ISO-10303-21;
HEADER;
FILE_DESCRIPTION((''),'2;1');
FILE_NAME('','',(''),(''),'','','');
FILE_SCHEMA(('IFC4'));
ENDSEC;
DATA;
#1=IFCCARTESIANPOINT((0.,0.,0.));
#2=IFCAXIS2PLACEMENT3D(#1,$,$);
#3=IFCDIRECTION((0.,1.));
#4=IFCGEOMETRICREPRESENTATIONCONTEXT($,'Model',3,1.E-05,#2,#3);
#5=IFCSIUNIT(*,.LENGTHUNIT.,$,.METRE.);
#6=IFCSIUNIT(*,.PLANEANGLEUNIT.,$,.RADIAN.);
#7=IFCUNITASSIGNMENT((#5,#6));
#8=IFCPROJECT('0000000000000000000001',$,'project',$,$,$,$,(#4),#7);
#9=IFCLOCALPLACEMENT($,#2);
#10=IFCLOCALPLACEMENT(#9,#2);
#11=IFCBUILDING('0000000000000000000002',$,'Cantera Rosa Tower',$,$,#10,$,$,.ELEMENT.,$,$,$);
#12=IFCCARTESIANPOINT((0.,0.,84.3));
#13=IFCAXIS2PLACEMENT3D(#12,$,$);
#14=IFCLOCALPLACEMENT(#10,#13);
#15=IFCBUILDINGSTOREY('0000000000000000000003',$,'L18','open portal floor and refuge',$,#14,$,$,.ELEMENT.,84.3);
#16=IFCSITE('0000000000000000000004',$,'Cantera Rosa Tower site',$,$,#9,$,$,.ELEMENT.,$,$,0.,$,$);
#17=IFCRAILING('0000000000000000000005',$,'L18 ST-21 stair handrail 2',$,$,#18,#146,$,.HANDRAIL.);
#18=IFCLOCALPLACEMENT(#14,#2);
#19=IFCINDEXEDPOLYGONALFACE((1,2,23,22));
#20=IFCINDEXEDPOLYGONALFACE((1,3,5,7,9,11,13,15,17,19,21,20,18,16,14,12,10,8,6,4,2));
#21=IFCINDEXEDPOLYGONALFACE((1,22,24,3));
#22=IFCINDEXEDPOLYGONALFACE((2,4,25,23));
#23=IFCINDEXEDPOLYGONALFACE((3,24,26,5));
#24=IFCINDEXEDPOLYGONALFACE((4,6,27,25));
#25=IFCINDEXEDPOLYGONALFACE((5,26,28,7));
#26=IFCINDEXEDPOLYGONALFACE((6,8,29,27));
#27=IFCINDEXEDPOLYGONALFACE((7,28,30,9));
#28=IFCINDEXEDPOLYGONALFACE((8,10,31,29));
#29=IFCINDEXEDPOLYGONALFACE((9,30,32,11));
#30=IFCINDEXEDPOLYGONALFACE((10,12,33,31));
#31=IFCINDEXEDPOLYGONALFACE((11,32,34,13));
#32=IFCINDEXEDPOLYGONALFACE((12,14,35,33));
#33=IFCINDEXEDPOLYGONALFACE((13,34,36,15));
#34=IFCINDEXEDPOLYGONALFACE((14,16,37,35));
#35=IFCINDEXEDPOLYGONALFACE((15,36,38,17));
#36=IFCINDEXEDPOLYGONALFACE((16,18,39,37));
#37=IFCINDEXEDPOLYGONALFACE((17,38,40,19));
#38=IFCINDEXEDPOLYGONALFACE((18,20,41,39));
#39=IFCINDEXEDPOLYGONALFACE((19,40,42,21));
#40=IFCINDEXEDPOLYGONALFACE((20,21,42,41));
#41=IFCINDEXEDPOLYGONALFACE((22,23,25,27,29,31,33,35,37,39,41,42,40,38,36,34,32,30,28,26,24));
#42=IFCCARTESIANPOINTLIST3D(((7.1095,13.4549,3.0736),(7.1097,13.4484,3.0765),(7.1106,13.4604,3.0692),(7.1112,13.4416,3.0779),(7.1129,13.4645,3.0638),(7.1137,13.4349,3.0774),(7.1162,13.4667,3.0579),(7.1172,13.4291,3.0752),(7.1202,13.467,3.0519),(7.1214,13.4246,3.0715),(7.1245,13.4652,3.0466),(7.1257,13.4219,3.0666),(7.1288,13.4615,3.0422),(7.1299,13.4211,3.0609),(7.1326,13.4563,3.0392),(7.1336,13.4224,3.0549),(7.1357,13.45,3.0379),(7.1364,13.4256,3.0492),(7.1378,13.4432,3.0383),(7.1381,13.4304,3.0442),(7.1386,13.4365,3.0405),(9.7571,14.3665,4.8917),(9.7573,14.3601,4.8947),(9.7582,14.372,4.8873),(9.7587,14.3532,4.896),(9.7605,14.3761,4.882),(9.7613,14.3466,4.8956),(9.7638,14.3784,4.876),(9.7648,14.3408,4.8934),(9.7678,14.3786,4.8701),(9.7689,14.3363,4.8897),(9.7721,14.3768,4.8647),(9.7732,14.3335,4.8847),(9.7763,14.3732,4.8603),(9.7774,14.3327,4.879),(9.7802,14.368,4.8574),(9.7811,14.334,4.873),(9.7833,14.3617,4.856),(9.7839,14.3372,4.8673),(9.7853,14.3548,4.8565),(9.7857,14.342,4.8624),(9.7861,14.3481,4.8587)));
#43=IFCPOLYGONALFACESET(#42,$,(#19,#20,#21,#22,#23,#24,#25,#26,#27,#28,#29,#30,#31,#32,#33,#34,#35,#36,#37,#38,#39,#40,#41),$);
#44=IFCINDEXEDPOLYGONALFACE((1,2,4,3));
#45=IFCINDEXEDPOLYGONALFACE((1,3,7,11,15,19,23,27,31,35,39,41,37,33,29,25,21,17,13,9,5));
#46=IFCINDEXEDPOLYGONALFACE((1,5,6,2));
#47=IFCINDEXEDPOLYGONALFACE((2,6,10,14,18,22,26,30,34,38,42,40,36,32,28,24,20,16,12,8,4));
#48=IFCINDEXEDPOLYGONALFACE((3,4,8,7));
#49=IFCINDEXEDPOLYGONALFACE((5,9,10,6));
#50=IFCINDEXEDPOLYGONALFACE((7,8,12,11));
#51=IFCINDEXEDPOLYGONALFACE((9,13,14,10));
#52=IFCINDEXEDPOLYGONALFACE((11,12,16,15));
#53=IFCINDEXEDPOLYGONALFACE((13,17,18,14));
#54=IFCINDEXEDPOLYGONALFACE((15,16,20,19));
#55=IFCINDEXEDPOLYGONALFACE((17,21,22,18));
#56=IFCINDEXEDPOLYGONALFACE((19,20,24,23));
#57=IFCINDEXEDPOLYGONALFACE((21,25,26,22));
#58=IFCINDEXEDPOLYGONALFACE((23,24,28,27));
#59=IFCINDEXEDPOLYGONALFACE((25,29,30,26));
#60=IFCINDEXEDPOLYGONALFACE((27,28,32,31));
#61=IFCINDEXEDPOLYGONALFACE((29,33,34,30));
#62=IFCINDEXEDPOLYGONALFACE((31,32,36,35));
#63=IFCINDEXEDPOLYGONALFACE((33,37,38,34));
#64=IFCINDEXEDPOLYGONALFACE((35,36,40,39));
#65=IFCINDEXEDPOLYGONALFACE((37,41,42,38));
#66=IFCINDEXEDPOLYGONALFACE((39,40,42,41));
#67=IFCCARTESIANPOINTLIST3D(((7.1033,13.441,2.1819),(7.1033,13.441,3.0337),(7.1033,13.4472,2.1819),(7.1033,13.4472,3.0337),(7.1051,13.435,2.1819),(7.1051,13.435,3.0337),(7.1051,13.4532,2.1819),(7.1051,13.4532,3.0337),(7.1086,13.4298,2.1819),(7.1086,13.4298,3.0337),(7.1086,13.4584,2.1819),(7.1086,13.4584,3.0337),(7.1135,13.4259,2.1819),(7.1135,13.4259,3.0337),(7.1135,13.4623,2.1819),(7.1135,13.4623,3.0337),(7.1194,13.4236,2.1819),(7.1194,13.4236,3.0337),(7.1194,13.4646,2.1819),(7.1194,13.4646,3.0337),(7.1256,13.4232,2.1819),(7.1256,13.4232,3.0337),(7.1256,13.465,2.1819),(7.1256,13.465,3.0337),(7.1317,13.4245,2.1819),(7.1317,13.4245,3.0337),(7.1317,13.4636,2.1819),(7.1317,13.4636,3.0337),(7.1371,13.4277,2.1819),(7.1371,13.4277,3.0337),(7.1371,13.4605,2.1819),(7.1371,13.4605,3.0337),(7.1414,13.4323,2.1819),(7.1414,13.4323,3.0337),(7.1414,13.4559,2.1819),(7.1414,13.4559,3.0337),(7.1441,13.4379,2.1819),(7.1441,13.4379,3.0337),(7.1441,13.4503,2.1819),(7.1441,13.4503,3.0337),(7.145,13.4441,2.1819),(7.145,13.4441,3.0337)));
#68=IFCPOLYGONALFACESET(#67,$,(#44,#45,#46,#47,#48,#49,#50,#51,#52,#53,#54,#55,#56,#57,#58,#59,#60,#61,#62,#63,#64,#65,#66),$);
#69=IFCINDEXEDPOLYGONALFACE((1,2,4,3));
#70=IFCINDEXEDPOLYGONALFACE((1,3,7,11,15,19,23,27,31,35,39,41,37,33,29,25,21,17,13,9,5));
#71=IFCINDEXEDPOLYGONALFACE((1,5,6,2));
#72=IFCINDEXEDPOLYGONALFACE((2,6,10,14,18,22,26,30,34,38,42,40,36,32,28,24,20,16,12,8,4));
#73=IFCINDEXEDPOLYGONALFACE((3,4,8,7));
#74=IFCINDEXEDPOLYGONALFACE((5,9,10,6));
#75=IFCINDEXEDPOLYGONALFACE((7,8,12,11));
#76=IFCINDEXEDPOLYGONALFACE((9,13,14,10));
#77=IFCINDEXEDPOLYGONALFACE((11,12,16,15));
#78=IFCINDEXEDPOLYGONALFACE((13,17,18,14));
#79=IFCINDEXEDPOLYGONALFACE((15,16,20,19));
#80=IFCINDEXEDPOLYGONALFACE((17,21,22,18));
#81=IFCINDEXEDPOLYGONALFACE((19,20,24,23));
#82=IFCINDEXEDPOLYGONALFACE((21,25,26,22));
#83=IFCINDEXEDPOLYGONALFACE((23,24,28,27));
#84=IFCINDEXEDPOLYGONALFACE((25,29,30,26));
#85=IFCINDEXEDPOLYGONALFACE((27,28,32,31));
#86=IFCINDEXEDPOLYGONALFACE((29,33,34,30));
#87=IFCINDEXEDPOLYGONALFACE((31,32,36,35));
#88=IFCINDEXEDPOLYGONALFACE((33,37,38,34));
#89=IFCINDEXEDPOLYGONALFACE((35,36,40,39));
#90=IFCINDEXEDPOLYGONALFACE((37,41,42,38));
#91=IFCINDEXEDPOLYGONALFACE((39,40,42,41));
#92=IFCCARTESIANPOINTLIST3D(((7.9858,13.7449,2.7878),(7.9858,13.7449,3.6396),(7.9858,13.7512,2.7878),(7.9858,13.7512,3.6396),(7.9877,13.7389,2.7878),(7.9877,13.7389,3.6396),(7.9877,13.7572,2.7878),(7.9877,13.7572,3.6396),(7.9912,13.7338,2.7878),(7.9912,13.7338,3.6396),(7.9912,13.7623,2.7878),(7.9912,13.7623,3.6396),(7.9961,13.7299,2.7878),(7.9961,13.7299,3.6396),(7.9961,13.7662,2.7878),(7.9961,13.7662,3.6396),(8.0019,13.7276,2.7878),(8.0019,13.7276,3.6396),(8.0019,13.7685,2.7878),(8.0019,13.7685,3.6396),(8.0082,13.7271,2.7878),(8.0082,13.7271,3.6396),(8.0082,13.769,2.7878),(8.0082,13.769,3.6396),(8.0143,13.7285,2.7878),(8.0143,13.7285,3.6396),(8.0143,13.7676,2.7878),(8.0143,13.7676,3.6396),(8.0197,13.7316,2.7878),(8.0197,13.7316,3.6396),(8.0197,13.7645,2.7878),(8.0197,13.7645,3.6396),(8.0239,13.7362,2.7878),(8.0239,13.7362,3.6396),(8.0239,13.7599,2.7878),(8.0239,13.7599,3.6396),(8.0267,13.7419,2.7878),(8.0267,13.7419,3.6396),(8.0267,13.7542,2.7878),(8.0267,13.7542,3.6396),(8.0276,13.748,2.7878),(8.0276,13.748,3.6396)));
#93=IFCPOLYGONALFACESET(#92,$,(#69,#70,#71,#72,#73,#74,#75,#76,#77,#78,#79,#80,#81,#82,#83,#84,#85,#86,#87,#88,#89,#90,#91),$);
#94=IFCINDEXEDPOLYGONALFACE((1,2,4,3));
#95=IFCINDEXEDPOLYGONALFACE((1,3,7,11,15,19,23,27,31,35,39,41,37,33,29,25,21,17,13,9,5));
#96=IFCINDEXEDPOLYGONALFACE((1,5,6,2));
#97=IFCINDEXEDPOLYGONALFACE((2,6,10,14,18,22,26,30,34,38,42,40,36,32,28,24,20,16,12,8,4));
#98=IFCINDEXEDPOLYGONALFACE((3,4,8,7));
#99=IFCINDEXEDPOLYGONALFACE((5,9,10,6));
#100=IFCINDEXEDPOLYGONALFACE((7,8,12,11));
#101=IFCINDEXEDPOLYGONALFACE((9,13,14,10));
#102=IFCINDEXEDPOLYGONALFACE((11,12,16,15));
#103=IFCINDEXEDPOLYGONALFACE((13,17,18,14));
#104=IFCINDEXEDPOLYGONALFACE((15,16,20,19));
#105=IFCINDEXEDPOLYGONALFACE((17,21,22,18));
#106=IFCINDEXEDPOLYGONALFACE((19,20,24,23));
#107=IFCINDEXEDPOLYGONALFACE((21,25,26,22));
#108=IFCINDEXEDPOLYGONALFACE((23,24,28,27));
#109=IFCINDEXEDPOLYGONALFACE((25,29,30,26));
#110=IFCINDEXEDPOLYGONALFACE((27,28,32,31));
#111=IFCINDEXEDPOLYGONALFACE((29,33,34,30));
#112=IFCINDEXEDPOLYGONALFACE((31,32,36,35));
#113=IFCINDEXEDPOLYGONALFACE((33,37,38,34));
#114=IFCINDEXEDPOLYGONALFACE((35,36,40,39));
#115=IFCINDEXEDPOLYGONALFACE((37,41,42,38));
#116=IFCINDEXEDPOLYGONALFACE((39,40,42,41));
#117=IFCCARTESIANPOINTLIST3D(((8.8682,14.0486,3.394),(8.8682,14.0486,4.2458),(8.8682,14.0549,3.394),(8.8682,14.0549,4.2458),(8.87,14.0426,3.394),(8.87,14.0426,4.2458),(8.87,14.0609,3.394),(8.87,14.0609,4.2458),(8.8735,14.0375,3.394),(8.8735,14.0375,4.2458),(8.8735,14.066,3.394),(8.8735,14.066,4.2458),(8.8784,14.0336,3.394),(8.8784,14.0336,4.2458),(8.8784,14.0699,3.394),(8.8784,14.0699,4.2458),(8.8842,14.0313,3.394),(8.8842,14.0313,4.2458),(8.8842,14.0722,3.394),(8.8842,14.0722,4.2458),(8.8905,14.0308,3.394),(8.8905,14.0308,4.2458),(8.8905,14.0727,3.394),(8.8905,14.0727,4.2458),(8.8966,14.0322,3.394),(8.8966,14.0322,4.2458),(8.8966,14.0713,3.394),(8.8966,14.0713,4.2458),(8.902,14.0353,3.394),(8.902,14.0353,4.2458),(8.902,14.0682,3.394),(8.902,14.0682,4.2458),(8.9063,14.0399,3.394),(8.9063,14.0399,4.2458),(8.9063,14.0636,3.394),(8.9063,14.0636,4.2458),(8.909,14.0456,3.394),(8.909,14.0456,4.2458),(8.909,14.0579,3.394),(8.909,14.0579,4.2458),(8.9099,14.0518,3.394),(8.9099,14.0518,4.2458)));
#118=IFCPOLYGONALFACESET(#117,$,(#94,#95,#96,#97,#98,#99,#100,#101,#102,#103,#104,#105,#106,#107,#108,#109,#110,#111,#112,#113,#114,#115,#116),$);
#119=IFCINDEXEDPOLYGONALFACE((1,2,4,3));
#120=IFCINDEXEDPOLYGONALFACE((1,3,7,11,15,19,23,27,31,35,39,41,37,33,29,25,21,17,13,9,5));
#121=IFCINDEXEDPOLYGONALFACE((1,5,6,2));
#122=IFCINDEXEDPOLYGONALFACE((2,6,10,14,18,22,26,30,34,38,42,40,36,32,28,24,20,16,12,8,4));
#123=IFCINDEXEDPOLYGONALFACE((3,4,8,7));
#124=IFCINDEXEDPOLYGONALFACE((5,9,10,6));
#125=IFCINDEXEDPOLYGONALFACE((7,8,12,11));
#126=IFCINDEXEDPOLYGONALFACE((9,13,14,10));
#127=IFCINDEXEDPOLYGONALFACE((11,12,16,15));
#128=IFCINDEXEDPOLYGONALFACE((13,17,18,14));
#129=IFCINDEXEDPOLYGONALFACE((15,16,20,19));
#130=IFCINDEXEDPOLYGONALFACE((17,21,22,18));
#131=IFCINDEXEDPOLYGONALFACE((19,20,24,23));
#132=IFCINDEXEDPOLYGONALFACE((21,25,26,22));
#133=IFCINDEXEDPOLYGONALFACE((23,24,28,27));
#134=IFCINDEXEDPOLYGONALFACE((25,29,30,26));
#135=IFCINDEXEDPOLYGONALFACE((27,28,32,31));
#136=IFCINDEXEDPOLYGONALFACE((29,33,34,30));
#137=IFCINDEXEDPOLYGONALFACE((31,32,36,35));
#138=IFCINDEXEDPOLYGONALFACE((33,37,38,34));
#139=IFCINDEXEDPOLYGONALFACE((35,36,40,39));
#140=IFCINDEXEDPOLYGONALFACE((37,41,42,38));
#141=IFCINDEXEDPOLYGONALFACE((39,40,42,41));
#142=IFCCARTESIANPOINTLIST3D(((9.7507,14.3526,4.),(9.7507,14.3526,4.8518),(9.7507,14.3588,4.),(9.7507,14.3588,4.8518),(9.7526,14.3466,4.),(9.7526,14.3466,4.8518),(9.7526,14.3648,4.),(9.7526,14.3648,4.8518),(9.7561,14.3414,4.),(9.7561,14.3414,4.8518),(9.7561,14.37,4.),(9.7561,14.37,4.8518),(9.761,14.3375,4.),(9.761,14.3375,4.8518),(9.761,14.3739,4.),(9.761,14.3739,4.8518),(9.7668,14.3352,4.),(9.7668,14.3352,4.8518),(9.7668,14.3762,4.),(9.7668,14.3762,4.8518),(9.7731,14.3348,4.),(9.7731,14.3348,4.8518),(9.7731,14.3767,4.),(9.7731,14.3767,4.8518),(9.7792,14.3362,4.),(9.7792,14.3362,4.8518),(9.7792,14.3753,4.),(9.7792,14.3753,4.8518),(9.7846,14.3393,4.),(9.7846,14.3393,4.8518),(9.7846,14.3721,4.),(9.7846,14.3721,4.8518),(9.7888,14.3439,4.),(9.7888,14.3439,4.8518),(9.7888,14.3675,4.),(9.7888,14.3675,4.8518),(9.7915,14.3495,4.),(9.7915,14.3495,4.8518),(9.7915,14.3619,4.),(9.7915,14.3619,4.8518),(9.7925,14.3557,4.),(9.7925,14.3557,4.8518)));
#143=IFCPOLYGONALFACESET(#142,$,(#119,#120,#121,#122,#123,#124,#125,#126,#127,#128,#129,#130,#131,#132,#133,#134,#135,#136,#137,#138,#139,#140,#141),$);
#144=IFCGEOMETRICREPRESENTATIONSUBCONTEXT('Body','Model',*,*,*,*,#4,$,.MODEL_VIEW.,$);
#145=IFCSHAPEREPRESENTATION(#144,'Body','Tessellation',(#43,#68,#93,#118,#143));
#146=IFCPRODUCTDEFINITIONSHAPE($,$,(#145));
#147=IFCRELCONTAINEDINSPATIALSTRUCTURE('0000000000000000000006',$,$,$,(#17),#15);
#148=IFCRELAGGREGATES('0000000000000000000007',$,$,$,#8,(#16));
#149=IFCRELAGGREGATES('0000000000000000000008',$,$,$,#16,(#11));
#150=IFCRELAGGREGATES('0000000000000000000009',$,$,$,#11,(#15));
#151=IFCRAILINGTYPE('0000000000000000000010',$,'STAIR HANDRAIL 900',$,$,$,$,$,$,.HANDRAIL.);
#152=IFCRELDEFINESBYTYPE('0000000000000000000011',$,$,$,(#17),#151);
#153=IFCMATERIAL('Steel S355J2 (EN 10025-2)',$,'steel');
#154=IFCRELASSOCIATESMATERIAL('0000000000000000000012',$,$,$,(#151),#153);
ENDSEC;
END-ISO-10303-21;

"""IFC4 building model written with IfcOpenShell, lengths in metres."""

from ifc_helpers import new_model, si_unit, direction, frame, origin, origin_2d, place, context, subcontext, project, spatial, circle, extrude, material, type_object, element, save


model = new_model("IFC4")

# Units and contexts
model_context = context("Model", 3, precision=1e-05, world=origin(), true_north=direction((0.0, 1.0)))
body_context = subcontext(model_context, "Body", "Model", "MODEL_VIEW")
ifc_project = project(units=[si_unit("LENGTHUNIT", "METRE"), si_unit("PLANEANGLEUNIT", "RADIAN")], contexts=[model_context])

# Site, building, storey
site_placement = place(None, origin())
site = spatial("IfcSite", under=ifc_project, at=site_placement, Name="Cantera Rosa Tower site", CompositionType="ELEMENT", RefElevation=0.0)
building_placement = place(site_placement, origin())
building = spatial("IfcBuilding", under=site, at=building_placement, Name="Cantera Rosa Tower", CompositionType="ELEMENT")
storey_placement = place(building_placement, frame((0.0, 0.0, 84.3)))
storey = spatial("IfcBuildingStorey", under=building, at=storey_placement, Name="L18", Description="open portal floor and refuge", CompositionType="ELEMENT", Elevation=84.3)

# Railing
ifc_material_1 = material(Name="Steel S355J2 (EN 10025-2)", Category="steel")
railing_type = type_object("IfcRailingType", Name="STAIR HANDRAIL 900", PredefinedType="HANDRAIL", material=ifc_material_1)
for number, where, name in (
    (1, (7.124, 13.4441, 2.1819), "L18 ST-21 stair handrail 2"),
):
    element("IfcRailing", number, at=place(storey_placement, frame(where)), inside=storey, type_object=railing_type, Name=name, PredefinedType="HANDRAIL", context=body_context, shape_type="SweptSolid", body=[
        extrude(circle(Radius=0.0239, at=origin_2d()), frame((0.0, 0.0, 0.876), z_axis=(0.793007, 0.273062, 0.544589), x_axis=(-0.325577, 0.945516, 0.0)), (0.0, 0.0, 1.0), 3.3386),
        extrude(circle(Radius=0.021, at=origin_2d()), origin(), (0.0, 0.0, 1.0), 0.8518),
        extrude(circle(Radius=0.021, at=origin_2d()), frame((0.8826, 0.304, 0.606)), (0.0, 0.0, 1.0), 0.8518),
        extrude(circle(Radius=0.021, at=origin_2d()), frame((1.7649, 0.6077, 1.2122)), (0.0, 0.0, 1.0), 0.8518),
        extrude(circle(Radius=0.021, at=origin_2d()), frame((2.6475, 0.9116, 1.8181)), (0.0, 0.0, 1.0), 0.8518),
    ])

save(model, "model.ifc")
